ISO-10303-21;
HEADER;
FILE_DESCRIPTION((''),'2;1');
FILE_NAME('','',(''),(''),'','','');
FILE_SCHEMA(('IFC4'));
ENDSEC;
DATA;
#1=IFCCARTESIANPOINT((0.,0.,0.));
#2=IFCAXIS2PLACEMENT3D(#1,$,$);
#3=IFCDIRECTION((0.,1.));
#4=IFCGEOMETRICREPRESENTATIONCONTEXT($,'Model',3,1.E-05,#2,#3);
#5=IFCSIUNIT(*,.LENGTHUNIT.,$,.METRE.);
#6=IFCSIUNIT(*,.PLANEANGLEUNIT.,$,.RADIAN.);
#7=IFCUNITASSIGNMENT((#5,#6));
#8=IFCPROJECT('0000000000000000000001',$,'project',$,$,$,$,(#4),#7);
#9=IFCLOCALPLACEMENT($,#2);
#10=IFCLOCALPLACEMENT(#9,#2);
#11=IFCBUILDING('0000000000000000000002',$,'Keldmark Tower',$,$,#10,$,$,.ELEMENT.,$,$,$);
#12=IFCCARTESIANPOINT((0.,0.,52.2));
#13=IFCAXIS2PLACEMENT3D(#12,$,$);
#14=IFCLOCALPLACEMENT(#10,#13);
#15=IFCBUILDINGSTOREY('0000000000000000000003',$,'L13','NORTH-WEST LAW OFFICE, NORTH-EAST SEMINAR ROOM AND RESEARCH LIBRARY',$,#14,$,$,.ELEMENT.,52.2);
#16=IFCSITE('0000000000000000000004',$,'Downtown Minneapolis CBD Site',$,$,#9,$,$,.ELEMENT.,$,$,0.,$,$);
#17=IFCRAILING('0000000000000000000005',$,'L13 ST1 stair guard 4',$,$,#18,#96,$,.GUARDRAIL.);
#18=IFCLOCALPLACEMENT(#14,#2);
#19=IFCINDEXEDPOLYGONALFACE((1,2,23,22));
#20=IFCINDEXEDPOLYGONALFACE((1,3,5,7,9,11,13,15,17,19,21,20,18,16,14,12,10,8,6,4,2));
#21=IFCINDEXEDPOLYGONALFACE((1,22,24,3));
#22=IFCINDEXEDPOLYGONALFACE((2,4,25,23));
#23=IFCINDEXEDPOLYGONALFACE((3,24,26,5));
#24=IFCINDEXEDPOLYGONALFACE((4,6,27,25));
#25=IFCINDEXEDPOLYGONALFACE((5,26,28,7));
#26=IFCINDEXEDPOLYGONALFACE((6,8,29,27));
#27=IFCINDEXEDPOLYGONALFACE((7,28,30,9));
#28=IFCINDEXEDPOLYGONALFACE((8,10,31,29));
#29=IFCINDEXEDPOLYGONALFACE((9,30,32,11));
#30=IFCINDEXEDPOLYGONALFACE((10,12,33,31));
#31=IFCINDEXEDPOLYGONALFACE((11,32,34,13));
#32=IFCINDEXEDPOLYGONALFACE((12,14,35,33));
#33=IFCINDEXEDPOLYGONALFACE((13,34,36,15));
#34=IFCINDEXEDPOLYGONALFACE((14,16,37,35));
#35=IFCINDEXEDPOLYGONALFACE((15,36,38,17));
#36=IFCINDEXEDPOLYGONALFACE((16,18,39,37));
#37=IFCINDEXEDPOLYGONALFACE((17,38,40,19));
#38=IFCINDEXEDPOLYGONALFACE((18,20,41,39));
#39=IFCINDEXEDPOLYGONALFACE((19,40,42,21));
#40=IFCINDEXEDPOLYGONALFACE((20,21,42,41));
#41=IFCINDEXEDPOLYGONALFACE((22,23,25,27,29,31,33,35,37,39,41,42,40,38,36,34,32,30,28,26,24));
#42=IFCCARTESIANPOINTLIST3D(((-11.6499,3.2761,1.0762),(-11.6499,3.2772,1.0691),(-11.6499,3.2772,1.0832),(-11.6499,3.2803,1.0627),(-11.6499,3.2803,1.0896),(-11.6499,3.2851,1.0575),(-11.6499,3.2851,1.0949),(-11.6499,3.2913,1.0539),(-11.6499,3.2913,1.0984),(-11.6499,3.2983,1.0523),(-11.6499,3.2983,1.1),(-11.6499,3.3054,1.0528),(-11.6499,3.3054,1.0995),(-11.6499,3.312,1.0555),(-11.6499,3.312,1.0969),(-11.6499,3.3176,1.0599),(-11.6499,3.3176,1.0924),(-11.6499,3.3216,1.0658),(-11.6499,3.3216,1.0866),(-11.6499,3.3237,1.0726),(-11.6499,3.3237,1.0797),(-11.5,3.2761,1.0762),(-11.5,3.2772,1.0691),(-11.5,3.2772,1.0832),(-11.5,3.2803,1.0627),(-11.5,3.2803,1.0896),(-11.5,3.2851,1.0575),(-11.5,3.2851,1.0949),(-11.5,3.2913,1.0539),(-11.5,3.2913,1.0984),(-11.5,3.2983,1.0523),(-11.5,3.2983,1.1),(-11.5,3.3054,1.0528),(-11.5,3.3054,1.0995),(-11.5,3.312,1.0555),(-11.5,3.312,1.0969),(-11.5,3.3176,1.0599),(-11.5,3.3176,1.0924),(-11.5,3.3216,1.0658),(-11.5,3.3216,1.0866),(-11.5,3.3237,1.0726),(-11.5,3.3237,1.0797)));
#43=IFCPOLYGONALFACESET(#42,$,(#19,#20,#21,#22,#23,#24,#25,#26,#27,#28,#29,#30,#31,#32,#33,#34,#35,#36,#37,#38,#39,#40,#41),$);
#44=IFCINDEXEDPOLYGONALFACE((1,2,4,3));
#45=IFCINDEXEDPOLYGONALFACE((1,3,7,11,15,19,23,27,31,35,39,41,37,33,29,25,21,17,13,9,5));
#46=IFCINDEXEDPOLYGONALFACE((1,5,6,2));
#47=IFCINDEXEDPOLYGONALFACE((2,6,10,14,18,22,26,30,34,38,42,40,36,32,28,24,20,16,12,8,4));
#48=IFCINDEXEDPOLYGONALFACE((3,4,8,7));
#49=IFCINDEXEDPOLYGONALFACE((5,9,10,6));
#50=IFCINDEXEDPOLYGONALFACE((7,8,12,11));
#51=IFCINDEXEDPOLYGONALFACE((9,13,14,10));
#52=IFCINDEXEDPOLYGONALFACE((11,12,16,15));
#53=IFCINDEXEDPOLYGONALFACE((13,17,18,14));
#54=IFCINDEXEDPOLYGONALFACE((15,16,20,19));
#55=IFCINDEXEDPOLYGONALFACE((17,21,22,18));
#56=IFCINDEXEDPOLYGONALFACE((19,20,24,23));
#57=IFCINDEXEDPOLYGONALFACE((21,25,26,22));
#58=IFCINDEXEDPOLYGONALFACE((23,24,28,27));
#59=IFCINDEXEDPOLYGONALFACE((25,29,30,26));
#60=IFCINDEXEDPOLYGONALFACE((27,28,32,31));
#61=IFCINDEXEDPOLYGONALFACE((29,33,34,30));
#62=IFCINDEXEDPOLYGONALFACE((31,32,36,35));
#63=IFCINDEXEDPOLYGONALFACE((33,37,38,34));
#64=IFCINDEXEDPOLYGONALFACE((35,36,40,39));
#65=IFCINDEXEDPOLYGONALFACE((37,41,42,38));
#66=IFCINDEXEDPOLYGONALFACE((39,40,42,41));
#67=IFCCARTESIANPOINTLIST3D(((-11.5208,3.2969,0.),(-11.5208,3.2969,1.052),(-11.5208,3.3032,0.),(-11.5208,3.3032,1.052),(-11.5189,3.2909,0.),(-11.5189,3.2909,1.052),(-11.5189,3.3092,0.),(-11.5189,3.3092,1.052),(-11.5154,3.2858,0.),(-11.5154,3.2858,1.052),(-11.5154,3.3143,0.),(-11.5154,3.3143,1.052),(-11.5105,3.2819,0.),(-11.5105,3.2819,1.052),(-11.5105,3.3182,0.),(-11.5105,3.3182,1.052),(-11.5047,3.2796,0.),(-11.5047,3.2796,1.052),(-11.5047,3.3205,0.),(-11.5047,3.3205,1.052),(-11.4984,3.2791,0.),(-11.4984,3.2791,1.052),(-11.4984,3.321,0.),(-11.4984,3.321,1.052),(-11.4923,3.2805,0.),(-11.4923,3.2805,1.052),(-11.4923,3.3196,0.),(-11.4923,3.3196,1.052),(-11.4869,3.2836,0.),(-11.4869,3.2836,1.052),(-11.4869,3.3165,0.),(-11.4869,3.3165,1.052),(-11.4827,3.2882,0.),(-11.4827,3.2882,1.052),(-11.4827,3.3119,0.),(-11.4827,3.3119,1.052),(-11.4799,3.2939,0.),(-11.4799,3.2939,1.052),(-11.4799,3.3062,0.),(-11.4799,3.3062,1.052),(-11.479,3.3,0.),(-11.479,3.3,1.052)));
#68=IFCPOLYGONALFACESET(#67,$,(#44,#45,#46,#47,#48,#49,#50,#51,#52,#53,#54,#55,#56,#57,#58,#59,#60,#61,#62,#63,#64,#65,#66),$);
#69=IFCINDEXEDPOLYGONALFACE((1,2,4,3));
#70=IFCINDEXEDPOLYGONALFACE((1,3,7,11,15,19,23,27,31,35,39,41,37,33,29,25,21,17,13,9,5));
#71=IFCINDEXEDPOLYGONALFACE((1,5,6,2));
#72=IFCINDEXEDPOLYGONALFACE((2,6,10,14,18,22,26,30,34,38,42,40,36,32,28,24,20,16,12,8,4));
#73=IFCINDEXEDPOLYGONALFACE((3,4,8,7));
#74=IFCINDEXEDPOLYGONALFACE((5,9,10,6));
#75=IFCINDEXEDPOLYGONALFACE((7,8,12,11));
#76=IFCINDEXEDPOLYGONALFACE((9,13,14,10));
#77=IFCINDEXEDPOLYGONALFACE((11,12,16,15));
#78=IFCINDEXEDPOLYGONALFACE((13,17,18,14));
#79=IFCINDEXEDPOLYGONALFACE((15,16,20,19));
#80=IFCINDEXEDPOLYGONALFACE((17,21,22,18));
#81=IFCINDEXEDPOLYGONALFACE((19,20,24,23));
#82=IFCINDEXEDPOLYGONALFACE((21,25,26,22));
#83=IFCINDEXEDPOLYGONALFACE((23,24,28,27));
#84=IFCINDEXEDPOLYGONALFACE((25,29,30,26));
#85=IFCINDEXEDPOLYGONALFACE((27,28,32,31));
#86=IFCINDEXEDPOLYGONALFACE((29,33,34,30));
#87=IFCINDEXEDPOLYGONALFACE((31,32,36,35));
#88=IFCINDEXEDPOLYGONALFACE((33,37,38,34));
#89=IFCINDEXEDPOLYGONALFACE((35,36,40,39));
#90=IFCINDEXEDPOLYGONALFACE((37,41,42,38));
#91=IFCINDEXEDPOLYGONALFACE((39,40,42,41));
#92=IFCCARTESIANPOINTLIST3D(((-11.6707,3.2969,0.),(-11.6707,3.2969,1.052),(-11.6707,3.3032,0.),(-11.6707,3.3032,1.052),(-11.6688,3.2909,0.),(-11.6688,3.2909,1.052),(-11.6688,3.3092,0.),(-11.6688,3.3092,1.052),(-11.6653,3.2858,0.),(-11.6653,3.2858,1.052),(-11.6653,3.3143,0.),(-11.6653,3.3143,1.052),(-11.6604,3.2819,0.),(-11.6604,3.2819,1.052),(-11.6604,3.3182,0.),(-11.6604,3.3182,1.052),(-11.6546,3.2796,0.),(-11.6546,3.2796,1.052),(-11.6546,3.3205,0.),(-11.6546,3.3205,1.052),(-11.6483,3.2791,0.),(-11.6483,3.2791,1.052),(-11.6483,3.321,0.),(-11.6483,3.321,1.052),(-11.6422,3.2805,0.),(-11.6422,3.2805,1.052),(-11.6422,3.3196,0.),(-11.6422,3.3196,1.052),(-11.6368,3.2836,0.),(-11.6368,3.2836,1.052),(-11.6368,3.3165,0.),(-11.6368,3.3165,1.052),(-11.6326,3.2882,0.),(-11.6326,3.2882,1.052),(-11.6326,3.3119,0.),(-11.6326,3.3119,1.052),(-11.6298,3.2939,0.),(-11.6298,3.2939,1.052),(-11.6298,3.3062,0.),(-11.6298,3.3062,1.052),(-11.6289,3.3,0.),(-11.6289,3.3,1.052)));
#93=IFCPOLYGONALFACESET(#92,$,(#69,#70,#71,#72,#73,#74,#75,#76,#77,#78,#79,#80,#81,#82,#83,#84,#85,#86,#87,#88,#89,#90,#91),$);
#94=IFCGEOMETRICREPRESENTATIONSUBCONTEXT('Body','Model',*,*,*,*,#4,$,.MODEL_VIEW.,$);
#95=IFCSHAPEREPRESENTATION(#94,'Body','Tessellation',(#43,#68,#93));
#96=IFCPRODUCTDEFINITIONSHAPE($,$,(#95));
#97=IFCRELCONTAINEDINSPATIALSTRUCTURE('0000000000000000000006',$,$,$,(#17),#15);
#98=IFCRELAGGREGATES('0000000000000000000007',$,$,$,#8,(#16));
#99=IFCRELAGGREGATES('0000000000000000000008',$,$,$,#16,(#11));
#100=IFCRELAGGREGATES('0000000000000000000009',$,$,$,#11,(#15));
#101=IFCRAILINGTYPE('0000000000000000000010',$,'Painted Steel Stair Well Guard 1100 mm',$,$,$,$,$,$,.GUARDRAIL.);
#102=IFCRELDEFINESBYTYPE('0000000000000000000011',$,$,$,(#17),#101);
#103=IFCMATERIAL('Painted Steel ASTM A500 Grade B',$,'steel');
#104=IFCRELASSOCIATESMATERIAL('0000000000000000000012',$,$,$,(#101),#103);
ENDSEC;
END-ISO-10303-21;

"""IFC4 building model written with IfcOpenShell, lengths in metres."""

from ifc_helpers import new_model, si_unit, direction, frame, origin, origin_2d, place, context, subcontext, project, spatial, circle, extrude, material, type_object, element, save


model = new_model("IFC4")

# Units and contexts
model_context = context("Model", 3, precision=1e-05, world=origin(), true_north=direction((0.0, 1.0)))
body_context = subcontext(model_context, "Body", "Model", "MODEL_VIEW")
ifc_project = project(units=[si_unit("LENGTHUNIT", "METRE"), si_unit("PLANEANGLEUNIT", "RADIAN")], contexts=[model_context])

# Site, building, storey
site_placement = place(None, origin())
site = spatial("IfcSite", under=ifc_project, at=site_placement, Name="Downtown Minneapolis CBD Site", CompositionType="ELEMENT", RefElevation=0.0)
building_placement = place(site_placement, origin())
building = spatial("IfcBuilding", under=site, at=building_placement, Name="Keldmark Tower", CompositionType="ELEMENT")
storey_placement = place(building_placement, frame((0.0, 0.0, 52.2)))
storey = spatial("IfcBuildingStorey", under=building, at=storey_placement, Name="L13", Description="NORTH-WEST LAW OFFICE, NORTH-EAST SEMINAR ROOM AND RESEARCH LIBRARY", CompositionType="ELEMENT", Elevation=52.2)

# Railing
ifc_material_1 = material(Name="Painted Steel ASTM A500 Grade B", Category="steel")
railing_type_1 = type_object("IfcRailingType", Name="Painted Steel Stair Well Guard 1100 mm", PredefinedType="GUARDRAIL", material=ifc_material_1)
railing_1_placement = place(storey_placement, frame((-11.5, 3.3, 0.0)))
element("IfcRailing", 1, at=railing_1_placement, inside=storey, type_object=railing_type_1, Name="L13 ST1 stair guard 4", PredefinedType="GUARDRAIL", context=body_context, shape_type="SweptSolid", body=[
    extrude(circle(Radius=0.0239, at=origin_2d()), frame((0.0, 0.0, 1.0762), z_axis=(-1.0, 0.0, 0.0), x_axis=(0.0, -1.0, 0.0)), (0.0, 0.0, 1.0), 0.1499),
    extrude(circle(Radius=0.021, at=origin_2d()), origin(), (0.0, 0.0, 1.0), 1.052),
    extrude(circle(Radius=0.021, at=origin_2d()), frame((-0.1499, 0.0, 0.0)), (0.0, 0.0, 1.0), 1.052),
])

save(model, "model.ifc")
